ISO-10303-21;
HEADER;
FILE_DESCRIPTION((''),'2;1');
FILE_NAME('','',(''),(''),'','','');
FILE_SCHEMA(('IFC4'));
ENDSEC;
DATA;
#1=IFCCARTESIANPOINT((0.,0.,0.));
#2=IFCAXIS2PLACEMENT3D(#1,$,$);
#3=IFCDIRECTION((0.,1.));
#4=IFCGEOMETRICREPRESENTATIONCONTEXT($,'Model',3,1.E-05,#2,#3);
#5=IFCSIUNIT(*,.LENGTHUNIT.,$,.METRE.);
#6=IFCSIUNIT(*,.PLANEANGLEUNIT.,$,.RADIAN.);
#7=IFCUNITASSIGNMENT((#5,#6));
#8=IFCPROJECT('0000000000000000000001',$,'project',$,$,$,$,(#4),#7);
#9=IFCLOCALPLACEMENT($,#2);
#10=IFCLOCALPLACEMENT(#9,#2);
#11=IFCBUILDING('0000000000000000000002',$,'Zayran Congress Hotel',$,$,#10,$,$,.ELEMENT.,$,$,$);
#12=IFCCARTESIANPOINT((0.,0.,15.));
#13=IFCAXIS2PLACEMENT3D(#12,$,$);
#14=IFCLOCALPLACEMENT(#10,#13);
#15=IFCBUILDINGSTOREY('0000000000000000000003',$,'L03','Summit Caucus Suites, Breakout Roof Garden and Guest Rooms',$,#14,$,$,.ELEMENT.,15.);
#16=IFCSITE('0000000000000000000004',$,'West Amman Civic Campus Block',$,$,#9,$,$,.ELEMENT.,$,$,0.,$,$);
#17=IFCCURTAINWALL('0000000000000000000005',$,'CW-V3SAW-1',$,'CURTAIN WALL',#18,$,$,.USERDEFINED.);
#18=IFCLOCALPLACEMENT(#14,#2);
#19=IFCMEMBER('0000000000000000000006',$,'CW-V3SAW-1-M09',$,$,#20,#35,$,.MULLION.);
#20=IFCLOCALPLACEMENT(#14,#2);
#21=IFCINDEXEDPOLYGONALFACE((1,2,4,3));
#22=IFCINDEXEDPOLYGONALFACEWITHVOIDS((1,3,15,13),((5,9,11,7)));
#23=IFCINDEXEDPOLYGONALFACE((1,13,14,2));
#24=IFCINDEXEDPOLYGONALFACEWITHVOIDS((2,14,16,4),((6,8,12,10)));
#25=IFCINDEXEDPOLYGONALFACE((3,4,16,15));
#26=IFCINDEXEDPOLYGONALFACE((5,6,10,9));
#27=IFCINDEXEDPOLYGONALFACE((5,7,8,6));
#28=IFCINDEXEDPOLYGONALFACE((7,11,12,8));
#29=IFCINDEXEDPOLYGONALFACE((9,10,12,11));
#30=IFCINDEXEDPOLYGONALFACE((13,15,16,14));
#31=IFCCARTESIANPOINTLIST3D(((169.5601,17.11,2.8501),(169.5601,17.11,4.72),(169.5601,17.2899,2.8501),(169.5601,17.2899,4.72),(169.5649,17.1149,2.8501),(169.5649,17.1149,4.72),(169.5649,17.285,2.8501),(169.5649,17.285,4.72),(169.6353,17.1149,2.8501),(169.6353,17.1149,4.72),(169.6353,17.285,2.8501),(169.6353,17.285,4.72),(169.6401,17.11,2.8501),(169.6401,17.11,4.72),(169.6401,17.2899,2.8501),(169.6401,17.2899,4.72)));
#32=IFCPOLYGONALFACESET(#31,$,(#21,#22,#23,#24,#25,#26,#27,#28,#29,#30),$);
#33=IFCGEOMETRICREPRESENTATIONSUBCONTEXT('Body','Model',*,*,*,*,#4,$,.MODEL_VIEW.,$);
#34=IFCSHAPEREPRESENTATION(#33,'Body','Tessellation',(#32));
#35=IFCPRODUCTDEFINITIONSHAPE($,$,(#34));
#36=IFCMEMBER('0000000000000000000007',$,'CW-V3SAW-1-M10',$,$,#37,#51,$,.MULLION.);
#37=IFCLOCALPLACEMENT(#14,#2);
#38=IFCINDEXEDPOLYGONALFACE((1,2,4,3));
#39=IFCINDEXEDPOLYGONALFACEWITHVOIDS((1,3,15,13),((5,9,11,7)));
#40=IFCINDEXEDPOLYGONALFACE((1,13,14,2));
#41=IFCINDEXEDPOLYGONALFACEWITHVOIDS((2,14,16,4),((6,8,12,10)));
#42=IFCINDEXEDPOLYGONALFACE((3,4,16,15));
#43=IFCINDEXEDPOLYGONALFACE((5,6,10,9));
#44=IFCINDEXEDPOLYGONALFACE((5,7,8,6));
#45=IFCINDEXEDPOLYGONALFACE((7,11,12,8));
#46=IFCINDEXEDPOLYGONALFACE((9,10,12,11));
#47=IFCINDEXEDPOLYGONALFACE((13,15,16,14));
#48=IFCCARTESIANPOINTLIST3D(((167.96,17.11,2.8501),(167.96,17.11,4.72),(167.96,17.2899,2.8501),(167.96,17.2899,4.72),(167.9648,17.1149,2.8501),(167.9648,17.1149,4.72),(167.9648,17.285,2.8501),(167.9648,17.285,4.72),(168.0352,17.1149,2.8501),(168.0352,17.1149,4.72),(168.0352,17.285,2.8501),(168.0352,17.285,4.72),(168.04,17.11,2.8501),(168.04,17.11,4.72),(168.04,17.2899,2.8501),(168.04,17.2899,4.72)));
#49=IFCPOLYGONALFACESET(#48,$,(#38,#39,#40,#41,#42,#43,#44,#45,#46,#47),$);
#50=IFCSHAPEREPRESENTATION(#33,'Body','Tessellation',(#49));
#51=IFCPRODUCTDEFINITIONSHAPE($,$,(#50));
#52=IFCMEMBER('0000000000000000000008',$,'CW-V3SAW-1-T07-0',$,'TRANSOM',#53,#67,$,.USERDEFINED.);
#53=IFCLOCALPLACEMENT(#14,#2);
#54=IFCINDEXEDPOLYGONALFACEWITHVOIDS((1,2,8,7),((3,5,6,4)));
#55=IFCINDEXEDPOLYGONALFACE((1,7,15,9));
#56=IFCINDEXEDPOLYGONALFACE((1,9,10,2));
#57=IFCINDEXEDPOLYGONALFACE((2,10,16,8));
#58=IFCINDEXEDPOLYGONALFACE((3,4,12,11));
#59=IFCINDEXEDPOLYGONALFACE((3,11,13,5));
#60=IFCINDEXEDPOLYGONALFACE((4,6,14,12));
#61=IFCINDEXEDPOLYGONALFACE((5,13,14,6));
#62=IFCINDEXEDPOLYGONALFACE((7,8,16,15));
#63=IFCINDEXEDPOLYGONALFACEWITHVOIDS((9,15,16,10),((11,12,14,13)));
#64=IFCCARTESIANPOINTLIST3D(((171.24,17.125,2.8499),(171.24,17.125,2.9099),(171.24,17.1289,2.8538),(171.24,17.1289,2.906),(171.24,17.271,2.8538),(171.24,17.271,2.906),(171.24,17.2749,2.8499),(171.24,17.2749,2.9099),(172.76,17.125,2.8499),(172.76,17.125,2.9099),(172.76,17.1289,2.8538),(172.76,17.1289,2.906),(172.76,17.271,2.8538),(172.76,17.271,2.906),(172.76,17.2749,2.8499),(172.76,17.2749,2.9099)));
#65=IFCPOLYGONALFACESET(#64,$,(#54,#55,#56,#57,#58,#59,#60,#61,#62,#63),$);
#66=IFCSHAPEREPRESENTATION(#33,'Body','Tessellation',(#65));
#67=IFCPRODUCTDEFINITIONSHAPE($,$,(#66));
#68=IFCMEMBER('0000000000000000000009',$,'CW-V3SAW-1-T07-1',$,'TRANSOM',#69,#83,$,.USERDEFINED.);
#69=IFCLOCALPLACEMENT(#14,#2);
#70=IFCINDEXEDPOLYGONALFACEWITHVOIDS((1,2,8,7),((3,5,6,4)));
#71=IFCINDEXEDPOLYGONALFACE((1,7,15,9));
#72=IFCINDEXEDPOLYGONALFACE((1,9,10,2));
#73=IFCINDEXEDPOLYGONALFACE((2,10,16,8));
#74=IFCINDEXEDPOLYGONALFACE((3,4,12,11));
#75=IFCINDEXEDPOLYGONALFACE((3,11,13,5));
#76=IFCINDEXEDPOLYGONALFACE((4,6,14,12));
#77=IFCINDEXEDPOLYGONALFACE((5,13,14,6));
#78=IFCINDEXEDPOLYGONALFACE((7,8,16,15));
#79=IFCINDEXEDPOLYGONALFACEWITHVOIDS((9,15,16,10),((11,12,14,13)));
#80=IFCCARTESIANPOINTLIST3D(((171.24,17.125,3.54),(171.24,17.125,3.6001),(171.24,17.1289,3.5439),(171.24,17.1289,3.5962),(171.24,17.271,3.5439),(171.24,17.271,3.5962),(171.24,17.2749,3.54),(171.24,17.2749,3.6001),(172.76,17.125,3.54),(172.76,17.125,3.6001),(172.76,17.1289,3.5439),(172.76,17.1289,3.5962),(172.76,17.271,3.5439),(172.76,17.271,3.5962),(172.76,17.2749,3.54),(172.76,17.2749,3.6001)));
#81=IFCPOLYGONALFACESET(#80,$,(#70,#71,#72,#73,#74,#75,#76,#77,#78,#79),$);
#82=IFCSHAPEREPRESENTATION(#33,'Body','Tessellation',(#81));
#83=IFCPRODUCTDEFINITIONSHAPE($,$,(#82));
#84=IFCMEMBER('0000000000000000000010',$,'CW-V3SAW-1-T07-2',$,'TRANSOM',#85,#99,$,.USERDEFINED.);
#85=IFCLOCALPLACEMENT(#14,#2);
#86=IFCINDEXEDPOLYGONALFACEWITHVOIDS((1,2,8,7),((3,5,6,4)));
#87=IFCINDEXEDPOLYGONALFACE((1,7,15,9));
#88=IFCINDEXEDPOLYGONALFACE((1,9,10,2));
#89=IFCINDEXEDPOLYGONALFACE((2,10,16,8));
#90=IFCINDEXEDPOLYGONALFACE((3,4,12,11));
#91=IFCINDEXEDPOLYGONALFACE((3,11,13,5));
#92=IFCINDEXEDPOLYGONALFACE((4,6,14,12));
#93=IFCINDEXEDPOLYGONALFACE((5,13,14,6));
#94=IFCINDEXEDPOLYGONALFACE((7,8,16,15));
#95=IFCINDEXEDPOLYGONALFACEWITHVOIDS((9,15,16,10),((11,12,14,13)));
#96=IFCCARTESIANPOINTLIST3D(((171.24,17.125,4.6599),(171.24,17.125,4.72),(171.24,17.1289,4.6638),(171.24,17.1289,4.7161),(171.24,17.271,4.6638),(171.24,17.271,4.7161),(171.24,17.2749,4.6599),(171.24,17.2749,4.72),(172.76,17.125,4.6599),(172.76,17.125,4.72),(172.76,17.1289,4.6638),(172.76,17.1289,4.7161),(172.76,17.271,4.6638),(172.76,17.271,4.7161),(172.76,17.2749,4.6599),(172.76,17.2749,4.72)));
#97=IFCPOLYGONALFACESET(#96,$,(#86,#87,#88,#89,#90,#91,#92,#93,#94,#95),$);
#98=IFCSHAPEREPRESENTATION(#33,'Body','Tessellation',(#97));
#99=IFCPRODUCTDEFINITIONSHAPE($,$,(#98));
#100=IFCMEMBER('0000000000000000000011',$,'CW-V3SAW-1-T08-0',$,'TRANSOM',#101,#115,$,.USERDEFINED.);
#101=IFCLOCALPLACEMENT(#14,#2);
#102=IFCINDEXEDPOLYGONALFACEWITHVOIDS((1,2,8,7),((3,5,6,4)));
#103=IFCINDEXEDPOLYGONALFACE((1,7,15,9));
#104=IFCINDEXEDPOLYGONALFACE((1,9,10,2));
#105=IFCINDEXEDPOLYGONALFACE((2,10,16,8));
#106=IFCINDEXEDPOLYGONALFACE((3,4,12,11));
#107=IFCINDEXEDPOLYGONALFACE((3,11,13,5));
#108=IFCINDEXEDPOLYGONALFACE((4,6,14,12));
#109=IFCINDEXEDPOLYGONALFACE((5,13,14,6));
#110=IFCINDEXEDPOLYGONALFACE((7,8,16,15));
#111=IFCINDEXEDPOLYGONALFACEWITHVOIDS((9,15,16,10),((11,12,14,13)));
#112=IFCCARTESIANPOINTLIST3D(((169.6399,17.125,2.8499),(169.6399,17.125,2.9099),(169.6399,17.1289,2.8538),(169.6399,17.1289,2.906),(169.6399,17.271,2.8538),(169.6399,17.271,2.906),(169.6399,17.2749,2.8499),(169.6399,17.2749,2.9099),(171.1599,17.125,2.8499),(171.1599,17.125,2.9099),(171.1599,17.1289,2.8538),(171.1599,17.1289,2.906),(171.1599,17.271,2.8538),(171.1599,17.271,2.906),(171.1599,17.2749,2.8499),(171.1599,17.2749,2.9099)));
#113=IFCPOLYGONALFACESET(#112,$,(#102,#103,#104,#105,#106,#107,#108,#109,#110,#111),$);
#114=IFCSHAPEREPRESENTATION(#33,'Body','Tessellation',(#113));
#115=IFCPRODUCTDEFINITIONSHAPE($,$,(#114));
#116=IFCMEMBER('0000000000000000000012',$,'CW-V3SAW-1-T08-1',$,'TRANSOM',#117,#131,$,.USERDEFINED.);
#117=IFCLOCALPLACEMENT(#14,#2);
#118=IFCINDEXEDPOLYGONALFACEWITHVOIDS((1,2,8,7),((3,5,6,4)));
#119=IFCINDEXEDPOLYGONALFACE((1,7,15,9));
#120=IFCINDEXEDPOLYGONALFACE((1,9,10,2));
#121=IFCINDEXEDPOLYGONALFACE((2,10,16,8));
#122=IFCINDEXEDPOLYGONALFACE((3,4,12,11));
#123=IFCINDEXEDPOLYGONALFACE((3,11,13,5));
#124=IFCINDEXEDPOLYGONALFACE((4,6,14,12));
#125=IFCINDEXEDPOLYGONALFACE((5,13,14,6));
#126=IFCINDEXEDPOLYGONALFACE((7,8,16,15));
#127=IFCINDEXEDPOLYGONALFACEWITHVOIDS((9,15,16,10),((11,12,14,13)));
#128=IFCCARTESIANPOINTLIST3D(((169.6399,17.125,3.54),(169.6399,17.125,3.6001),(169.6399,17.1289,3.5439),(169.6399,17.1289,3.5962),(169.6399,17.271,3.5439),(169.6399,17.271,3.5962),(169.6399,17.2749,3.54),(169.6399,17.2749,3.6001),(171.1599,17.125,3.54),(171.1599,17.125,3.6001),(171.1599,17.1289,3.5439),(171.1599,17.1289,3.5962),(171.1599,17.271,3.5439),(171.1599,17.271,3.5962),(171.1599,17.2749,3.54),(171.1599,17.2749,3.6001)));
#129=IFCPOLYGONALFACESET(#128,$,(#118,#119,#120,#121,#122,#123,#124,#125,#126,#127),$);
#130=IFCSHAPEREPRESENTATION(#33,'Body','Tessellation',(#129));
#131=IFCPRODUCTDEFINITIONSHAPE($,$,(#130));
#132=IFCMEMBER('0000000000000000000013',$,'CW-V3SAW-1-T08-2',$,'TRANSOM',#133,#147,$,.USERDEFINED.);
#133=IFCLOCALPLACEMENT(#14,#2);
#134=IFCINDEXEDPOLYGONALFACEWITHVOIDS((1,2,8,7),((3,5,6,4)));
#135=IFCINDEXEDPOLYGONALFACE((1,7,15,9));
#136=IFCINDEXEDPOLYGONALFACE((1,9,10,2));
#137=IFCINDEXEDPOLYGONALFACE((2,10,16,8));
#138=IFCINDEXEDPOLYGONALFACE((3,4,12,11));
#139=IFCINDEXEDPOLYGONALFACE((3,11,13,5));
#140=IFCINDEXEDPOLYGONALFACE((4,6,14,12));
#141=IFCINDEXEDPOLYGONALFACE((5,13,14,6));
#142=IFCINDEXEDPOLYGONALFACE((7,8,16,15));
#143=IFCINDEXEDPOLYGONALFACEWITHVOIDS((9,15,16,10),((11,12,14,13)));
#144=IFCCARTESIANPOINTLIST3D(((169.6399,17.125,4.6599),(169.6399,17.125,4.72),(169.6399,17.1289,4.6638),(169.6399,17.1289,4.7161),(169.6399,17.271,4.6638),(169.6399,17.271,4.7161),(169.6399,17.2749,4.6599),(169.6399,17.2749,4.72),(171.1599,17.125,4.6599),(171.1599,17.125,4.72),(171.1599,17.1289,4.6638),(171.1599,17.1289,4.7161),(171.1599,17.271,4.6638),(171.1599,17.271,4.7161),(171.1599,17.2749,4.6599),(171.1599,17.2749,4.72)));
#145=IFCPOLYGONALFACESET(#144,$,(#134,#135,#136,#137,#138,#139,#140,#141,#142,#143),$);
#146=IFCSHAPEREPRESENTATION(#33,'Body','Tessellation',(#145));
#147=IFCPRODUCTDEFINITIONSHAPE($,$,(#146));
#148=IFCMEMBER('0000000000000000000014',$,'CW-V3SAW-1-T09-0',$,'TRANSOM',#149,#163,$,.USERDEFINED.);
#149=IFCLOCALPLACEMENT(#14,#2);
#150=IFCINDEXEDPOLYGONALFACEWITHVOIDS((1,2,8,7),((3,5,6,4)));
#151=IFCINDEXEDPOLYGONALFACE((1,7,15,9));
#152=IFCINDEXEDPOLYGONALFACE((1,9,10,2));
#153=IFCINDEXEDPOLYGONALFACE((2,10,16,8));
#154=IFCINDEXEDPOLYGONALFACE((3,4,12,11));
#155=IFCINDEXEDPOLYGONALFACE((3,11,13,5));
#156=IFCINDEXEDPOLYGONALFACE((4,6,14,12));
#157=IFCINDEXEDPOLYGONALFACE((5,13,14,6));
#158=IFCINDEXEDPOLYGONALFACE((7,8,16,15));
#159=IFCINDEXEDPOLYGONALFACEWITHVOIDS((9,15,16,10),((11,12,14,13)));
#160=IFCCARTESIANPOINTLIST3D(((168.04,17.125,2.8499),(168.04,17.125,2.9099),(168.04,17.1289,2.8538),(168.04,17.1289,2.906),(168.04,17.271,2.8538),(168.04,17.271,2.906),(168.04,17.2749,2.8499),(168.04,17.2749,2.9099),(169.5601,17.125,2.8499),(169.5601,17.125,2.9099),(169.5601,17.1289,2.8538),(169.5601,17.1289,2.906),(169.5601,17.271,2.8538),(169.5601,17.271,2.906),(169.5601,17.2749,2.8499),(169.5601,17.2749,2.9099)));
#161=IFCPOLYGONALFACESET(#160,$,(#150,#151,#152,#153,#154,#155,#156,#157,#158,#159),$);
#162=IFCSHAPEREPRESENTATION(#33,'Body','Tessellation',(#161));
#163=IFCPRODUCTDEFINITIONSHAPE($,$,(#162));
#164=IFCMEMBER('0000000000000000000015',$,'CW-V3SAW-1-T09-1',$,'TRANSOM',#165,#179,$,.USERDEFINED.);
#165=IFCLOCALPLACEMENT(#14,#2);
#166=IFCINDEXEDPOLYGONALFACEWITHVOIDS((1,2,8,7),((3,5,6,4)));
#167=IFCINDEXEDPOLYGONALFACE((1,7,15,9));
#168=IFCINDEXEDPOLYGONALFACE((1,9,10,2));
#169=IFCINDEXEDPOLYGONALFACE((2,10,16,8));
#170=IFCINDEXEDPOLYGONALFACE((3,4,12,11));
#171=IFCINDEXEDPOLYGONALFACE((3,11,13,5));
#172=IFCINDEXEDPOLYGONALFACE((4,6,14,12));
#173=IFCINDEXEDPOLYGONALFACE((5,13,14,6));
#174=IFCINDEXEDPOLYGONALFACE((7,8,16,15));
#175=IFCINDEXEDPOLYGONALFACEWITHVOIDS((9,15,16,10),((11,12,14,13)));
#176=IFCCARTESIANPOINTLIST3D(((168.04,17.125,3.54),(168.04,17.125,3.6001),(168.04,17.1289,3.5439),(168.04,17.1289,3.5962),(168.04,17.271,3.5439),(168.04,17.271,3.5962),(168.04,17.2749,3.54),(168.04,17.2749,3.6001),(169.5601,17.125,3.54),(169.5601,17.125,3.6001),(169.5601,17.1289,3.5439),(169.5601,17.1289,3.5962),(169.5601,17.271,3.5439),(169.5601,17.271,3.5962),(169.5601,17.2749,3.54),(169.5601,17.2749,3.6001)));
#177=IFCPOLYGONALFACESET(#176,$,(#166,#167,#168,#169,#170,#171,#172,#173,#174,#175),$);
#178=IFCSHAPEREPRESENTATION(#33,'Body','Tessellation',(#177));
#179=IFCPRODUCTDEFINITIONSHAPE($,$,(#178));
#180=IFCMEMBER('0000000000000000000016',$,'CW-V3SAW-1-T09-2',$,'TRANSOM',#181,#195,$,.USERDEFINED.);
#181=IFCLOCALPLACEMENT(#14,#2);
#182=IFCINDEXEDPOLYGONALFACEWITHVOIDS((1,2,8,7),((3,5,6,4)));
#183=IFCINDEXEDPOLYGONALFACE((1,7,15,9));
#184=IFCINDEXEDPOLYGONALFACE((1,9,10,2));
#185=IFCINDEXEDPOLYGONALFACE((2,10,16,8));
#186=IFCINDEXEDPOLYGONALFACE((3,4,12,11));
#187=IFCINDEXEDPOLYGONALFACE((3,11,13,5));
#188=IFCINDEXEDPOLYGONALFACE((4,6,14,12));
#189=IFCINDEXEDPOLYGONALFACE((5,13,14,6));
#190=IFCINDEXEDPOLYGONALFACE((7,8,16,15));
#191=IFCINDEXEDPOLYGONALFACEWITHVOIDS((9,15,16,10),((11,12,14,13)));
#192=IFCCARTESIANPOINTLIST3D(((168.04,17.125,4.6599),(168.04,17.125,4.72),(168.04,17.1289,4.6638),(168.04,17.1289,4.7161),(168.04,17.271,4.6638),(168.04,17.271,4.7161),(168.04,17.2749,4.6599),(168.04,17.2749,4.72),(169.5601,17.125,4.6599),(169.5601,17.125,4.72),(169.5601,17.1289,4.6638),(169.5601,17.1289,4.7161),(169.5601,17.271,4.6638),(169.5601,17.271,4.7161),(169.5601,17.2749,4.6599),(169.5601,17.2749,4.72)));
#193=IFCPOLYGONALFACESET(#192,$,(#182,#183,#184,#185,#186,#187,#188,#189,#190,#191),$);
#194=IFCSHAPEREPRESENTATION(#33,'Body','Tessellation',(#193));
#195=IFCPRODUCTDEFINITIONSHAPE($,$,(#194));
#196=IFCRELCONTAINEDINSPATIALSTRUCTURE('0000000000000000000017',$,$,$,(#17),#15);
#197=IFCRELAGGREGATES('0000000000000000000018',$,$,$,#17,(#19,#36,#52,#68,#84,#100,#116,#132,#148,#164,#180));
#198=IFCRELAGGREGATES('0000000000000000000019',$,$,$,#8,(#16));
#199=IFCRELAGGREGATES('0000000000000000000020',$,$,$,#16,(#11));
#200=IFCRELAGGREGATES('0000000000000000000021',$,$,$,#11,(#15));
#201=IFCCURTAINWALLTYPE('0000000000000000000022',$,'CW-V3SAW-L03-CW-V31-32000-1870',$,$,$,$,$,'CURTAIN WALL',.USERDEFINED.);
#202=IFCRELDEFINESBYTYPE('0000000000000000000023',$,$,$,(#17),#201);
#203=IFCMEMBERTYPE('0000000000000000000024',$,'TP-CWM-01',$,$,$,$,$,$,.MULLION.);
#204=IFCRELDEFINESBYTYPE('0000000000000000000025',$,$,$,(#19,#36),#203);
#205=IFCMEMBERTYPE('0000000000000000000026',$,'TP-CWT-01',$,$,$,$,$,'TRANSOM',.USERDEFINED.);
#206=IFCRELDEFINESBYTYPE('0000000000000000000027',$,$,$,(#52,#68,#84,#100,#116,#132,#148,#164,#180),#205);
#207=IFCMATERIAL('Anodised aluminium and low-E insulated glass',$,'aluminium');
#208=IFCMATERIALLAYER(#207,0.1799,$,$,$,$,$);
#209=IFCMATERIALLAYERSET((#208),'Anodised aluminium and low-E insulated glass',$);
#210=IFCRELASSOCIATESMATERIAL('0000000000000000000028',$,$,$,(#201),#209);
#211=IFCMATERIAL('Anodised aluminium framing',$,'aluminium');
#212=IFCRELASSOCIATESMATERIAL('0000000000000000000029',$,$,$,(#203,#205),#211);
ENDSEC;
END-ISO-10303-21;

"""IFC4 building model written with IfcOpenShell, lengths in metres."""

from ifc_helpers import new_model, si_unit, direction, frame, origin, origin_2d, place, context, subcontext, project, spatial, hollow_rectangle, extrude, material, layer, layer_set, material_profile, profile_set, type_object, element, aggregate, save


model = new_model("IFC4")

# Units and contexts
model_context = context("Model", 3, precision=1e-05, world=origin(), true_north=direction((0.0, 1.0)))
body_context = subcontext(model_context, "Body", "Model", "MODEL_VIEW")
ifc_project = project(units=[si_unit("LENGTHUNIT", "METRE"), si_unit("PLANEANGLEUNIT", "RADIAN")], contexts=[model_context])

# Site, building, storey
site_placement = place(None, origin())
site = spatial("IfcSite", under=ifc_project, at=site_placement, Name="West Amman Civic Campus Block", CompositionType="ELEMENT", RefElevation=0.0)
building_placement = place(site_placement, origin())
building = spatial("IfcBuilding", under=site, at=building_placement, Name="Zayran Congress Hotel", CompositionType="ELEMENT")
storey_placement = place(building_placement, frame((0.0, 0.0, 15.0)))
storey = spatial("IfcBuildingStorey", under=building, at=storey_placement, Name="L03", Description="Summit Caucus Suites, Breakout Roof Garden and Guest Rooms", CompositionType="ELEMENT", Elevation=15.0)

# Curtain wall, members
ifc_material_1 = material(Name="Anodised aluminium and low-E insulated glass", Category="aluminium")
ifc_layer_1 = layer(ifc_material_1, 0.1799)
ifc_layer_set_1 = layer_set([ifc_layer_1], Name="Anodised aluminium and low-E insulated glass")
curtain_wall_type = type_object("IfcCurtainWallType", Name="CW-V3SAW-L03-CW-V31-32000-1870", ElementType="CURTAIN WALL", PredefinedType="USERDEFINED", material=ifc_layer_set_1)
curtain_wall_placement = place(storey_placement, origin())
curtain_wall = element("IfcCurtainWall", 1, at=curtain_wall_placement, inside=storey, type_object=curtain_wall_type, Name="CW-V3SAW-1", ObjectType="CURTAIN WALL", PredefinedType="USERDEFINED")
ifc_material_2 = material(Name="Anodised aluminium framing", Category="aluminium")
ifc_material_profile_1 = material_profile(ifc_material_2, hollow_rectangle(XDim=0.0801, YDim=0.1799, WallThickness=0.0049, at=origin_2d()), Name="RHS 180x80x5")
ifc_profile_set_1 = profile_set([ifc_material_profile_1], Name="Anodised aluminium framing")
member_type_1 = type_object("IfcMemberType", Name="TP-CWM-01", PredefinedType="MULLION", material=ifc_profile_set_1)
member_1_placement = place(storey_placement, frame((169.6001, 17.2, 2.8501), z_axis=(0.0, 0.0, 1.0), x_axis=(1.0, 0.0, 0.0)))
member_1 = element("IfcMember", 2, at=member_1_placement, type_object=member_type_1, Name="CW-V3SAW-1-M09", PredefinedType="MULLION", context=body_context, shape_type="SweptSolid", body=[
    extrude(hollow_rectangle(XDim=0.0801, YDim=0.1799, WallThickness=0.0049, at=origin_2d()), origin(), (0.0, 0.0, 1.0), 1.8699),
])
member_2_placement = place(storey_placement, frame((168.0, 17.2, 2.8501), z_axis=(0.0, 0.0, 1.0), x_axis=(1.0, 0.0, 0.0)))
member_2 = element("IfcMember", 3, at=member_2_placement, type_object=member_type_1, Name="CW-V3SAW-1-M10", PredefinedType="MULLION", context=body_context, shape_type="SweptSolid", body=[
    extrude(hollow_rectangle(XDim=0.0801, YDim=0.1799, WallThickness=0.0049, at=origin_2d()), origin(), (0.0, 0.0, 1.0), 1.8699),
])
ifc_material_profile_2 = material_profile(ifc_material_2, hollow_rectangle(XDim=0.0601, YDim=0.1499, WallThickness=0.0039, at=origin_2d()), Name="RHS 150x60x4")
ifc_profile_set_2 = profile_set([ifc_material_profile_2], Name="Anodised aluminium framing")
member_type_2 = type_object("IfcMemberType", Name="TP-CWT-01", ElementType="TRANSOM", PredefinedType="USERDEFINED", material=ifc_profile_set_2)
member_3_placement = place(storey_placement, frame((172.76, 17.2, 2.8799), z_axis=(-1.0, 0.0, 0.0), x_axis=(0.0, 0.0, 1.0)))
member_3 = element("IfcMember", 4, at=member_3_placement, type_object=member_type_2, Name="CW-V3SAW-1-T07-0", ObjectType="TRANSOM", PredefinedType="USERDEFINED", context=body_context, shape_type="SweptSolid", body=[
    extrude(hollow_rectangle(XDim=0.0601, YDim=0.1499, WallThickness=0.0039, at=origin_2d()), origin(), (0.0, 0.0, 1.0), 1.52),
])
member_4_placement = place(storey_placement, frame((172.76, 17.2, 3.5701), z_axis=(-1.0, 0.0, 0.0), x_axis=(0.0, 0.0, 1.0)))
member_4 = element("IfcMember", 5, at=member_4_placement, type_object=member_type_2, Name="CW-V3SAW-1-T07-1", ObjectType="TRANSOM", PredefinedType="USERDEFINED", context=body_context, shape_type="SweptSolid", body=[
    extrude(hollow_rectangle(XDim=0.0601, YDim=0.1499, WallThickness=0.0039, at=origin_2d()), origin(), (0.0, 0.0, 1.0), 1.52),
])
member_5_placement = place(storey_placement, frame((172.76, 17.2, 4.6899), z_axis=(-1.0, 0.0, 0.0), x_axis=(0.0, 0.0, 1.0)))
member_5 = element("IfcMember", 6, at=member_5_placement, type_object=member_type_2, Name="CW-V3SAW-1-T07-2", ObjectType="TRANSOM", PredefinedType="USERDEFINED", context=body_context, shape_type="SweptSolid", body=[
    extrude(hollow_rectangle(XDim=0.0601, YDim=0.1499, WallThickness=0.0039, at=origin_2d()), origin(), (0.0, 0.0, 1.0), 1.52),
])
member_6_placement = place(storey_placement, frame((171.1599, 17.2, 2.8799), z_axis=(-1.0, 0.0, 0.0), x_axis=(0.0, 0.0, 1.0)))
member_6 = element("IfcMember", 7, at=member_6_placement, type_object=member_type_2, Name="CW-V3SAW-1-T08-0", ObjectType="TRANSOM", PredefinedType="USERDEFINED", context=body_context, shape_type="SweptSolid", body=[
    extrude(hollow_rectangle(XDim=0.0601, YDim=0.1499, WallThickness=0.0039, at=origin_2d()), origin(), (0.0, 0.0, 1.0), 1.52),
])
member_7_placement = place(storey_placement, frame((171.1599, 17.2, 3.5701), z_axis=(-1.0, 0.0, 0.0), x_axis=(0.0, 0.0, 1.0)))
member_7 = element("IfcMember", 8, at=member_7_placement, type_object=member_type_2, Name="CW-V3SAW-1-T08-1", ObjectType="TRANSOM", PredefinedType="USERDEFINED", context=body_context, shape_type="SweptSolid", body=[
    extrude(hollow_rectangle(XDim=0.0601, YDim=0.1499, WallThickness=0.0039, at=origin_2d()), origin(), (0.0, 0.0, 1.0), 1.52),
])
member_8_placement = place(storey_placement, frame((171.1599, 17.2, 4.6899), z_axis=(-1.0, 0.0, 0.0), x_axis=(0.0, 0.0, 1.0)))
member_8 = element("IfcMember", 9, at=member_8_placement, type_object=member_type_2, Name="CW-V3SAW-1-T08-2", ObjectType="TRANSOM", PredefinedType="USERDEFINED", context=body_context, shape_type="SweptSolid", body=[
    extrude(hollow_rectangle(XDim=0.0601, YDim=0.1499, WallThickness=0.0039, at=origin_2d()), origin(), (0.0, 0.0, 1.0), 1.52),
])
member_9_placement = place(storey_placement, frame((169.5601, 17.2, 2.8799), z_axis=(-1.0, 0.0, 0.0), x_axis=(0.0, 0.0, 1.0)))
member_9 = element("IfcMember", 10, at=member_9_placement, type_object=member_type_2, Name="CW-V3SAW-1-T09-0", ObjectType="TRANSOM", PredefinedType="USERDEFINED", context=body_context, shape_type="SweptSolid", body=[
    extrude(hollow_rectangle(XDim=0.0601, YDim=0.1499, WallThickness=0.0039, at=origin_2d()), origin(), (0.0, 0.0, 1.0), 1.52),
])
member_10_placement = place(storey_placement, frame((169.5601, 17.2, 3.5701), z_axis=(-1.0, 0.0, 0.0), x_axis=(0.0, 0.0, 1.0)))
member_10 = element("IfcMember", 11, at=member_10_placement, type_object=member_type_2, Name="CW-V3SAW-1-T09-1", ObjectType="TRANSOM", PredefinedType="USERDEFINED", context=body_context, shape_type="SweptSolid", body=[
    extrude(hollow_rectangle(XDim=0.0601, YDim=0.1499, WallThickness=0.0039, at=origin_2d()), origin(), (0.0, 0.0, 1.0), 1.52),
])
member_11_placement = place(storey_placement, frame((169.5601, 17.2, 4.6899), z_axis=(-1.0, 0.0, 0.0), x_axis=(0.0, 0.0, 1.0)))
member_11 = element("IfcMember", 12, at=member_11_placement, type_object=member_type_2, Name="CW-V3SAW-1-T09-2", ObjectType="TRANSOM", PredefinedType="USERDEFINED", context=body_context, shape_type="SweptSolid", body=[
    extrude(hollow_rectangle(XDim=0.0601, YDim=0.1499, WallThickness=0.0039, at=origin_2d()), origin(), (0.0, 0.0, 1.0), 1.52),
])

aggregate(curtain_wall, [member_1, member_2, member_3, member_4, member_5, member_6, member_7, member_8, member_9, member_10, member_11])

save(model, "model.ifc")
